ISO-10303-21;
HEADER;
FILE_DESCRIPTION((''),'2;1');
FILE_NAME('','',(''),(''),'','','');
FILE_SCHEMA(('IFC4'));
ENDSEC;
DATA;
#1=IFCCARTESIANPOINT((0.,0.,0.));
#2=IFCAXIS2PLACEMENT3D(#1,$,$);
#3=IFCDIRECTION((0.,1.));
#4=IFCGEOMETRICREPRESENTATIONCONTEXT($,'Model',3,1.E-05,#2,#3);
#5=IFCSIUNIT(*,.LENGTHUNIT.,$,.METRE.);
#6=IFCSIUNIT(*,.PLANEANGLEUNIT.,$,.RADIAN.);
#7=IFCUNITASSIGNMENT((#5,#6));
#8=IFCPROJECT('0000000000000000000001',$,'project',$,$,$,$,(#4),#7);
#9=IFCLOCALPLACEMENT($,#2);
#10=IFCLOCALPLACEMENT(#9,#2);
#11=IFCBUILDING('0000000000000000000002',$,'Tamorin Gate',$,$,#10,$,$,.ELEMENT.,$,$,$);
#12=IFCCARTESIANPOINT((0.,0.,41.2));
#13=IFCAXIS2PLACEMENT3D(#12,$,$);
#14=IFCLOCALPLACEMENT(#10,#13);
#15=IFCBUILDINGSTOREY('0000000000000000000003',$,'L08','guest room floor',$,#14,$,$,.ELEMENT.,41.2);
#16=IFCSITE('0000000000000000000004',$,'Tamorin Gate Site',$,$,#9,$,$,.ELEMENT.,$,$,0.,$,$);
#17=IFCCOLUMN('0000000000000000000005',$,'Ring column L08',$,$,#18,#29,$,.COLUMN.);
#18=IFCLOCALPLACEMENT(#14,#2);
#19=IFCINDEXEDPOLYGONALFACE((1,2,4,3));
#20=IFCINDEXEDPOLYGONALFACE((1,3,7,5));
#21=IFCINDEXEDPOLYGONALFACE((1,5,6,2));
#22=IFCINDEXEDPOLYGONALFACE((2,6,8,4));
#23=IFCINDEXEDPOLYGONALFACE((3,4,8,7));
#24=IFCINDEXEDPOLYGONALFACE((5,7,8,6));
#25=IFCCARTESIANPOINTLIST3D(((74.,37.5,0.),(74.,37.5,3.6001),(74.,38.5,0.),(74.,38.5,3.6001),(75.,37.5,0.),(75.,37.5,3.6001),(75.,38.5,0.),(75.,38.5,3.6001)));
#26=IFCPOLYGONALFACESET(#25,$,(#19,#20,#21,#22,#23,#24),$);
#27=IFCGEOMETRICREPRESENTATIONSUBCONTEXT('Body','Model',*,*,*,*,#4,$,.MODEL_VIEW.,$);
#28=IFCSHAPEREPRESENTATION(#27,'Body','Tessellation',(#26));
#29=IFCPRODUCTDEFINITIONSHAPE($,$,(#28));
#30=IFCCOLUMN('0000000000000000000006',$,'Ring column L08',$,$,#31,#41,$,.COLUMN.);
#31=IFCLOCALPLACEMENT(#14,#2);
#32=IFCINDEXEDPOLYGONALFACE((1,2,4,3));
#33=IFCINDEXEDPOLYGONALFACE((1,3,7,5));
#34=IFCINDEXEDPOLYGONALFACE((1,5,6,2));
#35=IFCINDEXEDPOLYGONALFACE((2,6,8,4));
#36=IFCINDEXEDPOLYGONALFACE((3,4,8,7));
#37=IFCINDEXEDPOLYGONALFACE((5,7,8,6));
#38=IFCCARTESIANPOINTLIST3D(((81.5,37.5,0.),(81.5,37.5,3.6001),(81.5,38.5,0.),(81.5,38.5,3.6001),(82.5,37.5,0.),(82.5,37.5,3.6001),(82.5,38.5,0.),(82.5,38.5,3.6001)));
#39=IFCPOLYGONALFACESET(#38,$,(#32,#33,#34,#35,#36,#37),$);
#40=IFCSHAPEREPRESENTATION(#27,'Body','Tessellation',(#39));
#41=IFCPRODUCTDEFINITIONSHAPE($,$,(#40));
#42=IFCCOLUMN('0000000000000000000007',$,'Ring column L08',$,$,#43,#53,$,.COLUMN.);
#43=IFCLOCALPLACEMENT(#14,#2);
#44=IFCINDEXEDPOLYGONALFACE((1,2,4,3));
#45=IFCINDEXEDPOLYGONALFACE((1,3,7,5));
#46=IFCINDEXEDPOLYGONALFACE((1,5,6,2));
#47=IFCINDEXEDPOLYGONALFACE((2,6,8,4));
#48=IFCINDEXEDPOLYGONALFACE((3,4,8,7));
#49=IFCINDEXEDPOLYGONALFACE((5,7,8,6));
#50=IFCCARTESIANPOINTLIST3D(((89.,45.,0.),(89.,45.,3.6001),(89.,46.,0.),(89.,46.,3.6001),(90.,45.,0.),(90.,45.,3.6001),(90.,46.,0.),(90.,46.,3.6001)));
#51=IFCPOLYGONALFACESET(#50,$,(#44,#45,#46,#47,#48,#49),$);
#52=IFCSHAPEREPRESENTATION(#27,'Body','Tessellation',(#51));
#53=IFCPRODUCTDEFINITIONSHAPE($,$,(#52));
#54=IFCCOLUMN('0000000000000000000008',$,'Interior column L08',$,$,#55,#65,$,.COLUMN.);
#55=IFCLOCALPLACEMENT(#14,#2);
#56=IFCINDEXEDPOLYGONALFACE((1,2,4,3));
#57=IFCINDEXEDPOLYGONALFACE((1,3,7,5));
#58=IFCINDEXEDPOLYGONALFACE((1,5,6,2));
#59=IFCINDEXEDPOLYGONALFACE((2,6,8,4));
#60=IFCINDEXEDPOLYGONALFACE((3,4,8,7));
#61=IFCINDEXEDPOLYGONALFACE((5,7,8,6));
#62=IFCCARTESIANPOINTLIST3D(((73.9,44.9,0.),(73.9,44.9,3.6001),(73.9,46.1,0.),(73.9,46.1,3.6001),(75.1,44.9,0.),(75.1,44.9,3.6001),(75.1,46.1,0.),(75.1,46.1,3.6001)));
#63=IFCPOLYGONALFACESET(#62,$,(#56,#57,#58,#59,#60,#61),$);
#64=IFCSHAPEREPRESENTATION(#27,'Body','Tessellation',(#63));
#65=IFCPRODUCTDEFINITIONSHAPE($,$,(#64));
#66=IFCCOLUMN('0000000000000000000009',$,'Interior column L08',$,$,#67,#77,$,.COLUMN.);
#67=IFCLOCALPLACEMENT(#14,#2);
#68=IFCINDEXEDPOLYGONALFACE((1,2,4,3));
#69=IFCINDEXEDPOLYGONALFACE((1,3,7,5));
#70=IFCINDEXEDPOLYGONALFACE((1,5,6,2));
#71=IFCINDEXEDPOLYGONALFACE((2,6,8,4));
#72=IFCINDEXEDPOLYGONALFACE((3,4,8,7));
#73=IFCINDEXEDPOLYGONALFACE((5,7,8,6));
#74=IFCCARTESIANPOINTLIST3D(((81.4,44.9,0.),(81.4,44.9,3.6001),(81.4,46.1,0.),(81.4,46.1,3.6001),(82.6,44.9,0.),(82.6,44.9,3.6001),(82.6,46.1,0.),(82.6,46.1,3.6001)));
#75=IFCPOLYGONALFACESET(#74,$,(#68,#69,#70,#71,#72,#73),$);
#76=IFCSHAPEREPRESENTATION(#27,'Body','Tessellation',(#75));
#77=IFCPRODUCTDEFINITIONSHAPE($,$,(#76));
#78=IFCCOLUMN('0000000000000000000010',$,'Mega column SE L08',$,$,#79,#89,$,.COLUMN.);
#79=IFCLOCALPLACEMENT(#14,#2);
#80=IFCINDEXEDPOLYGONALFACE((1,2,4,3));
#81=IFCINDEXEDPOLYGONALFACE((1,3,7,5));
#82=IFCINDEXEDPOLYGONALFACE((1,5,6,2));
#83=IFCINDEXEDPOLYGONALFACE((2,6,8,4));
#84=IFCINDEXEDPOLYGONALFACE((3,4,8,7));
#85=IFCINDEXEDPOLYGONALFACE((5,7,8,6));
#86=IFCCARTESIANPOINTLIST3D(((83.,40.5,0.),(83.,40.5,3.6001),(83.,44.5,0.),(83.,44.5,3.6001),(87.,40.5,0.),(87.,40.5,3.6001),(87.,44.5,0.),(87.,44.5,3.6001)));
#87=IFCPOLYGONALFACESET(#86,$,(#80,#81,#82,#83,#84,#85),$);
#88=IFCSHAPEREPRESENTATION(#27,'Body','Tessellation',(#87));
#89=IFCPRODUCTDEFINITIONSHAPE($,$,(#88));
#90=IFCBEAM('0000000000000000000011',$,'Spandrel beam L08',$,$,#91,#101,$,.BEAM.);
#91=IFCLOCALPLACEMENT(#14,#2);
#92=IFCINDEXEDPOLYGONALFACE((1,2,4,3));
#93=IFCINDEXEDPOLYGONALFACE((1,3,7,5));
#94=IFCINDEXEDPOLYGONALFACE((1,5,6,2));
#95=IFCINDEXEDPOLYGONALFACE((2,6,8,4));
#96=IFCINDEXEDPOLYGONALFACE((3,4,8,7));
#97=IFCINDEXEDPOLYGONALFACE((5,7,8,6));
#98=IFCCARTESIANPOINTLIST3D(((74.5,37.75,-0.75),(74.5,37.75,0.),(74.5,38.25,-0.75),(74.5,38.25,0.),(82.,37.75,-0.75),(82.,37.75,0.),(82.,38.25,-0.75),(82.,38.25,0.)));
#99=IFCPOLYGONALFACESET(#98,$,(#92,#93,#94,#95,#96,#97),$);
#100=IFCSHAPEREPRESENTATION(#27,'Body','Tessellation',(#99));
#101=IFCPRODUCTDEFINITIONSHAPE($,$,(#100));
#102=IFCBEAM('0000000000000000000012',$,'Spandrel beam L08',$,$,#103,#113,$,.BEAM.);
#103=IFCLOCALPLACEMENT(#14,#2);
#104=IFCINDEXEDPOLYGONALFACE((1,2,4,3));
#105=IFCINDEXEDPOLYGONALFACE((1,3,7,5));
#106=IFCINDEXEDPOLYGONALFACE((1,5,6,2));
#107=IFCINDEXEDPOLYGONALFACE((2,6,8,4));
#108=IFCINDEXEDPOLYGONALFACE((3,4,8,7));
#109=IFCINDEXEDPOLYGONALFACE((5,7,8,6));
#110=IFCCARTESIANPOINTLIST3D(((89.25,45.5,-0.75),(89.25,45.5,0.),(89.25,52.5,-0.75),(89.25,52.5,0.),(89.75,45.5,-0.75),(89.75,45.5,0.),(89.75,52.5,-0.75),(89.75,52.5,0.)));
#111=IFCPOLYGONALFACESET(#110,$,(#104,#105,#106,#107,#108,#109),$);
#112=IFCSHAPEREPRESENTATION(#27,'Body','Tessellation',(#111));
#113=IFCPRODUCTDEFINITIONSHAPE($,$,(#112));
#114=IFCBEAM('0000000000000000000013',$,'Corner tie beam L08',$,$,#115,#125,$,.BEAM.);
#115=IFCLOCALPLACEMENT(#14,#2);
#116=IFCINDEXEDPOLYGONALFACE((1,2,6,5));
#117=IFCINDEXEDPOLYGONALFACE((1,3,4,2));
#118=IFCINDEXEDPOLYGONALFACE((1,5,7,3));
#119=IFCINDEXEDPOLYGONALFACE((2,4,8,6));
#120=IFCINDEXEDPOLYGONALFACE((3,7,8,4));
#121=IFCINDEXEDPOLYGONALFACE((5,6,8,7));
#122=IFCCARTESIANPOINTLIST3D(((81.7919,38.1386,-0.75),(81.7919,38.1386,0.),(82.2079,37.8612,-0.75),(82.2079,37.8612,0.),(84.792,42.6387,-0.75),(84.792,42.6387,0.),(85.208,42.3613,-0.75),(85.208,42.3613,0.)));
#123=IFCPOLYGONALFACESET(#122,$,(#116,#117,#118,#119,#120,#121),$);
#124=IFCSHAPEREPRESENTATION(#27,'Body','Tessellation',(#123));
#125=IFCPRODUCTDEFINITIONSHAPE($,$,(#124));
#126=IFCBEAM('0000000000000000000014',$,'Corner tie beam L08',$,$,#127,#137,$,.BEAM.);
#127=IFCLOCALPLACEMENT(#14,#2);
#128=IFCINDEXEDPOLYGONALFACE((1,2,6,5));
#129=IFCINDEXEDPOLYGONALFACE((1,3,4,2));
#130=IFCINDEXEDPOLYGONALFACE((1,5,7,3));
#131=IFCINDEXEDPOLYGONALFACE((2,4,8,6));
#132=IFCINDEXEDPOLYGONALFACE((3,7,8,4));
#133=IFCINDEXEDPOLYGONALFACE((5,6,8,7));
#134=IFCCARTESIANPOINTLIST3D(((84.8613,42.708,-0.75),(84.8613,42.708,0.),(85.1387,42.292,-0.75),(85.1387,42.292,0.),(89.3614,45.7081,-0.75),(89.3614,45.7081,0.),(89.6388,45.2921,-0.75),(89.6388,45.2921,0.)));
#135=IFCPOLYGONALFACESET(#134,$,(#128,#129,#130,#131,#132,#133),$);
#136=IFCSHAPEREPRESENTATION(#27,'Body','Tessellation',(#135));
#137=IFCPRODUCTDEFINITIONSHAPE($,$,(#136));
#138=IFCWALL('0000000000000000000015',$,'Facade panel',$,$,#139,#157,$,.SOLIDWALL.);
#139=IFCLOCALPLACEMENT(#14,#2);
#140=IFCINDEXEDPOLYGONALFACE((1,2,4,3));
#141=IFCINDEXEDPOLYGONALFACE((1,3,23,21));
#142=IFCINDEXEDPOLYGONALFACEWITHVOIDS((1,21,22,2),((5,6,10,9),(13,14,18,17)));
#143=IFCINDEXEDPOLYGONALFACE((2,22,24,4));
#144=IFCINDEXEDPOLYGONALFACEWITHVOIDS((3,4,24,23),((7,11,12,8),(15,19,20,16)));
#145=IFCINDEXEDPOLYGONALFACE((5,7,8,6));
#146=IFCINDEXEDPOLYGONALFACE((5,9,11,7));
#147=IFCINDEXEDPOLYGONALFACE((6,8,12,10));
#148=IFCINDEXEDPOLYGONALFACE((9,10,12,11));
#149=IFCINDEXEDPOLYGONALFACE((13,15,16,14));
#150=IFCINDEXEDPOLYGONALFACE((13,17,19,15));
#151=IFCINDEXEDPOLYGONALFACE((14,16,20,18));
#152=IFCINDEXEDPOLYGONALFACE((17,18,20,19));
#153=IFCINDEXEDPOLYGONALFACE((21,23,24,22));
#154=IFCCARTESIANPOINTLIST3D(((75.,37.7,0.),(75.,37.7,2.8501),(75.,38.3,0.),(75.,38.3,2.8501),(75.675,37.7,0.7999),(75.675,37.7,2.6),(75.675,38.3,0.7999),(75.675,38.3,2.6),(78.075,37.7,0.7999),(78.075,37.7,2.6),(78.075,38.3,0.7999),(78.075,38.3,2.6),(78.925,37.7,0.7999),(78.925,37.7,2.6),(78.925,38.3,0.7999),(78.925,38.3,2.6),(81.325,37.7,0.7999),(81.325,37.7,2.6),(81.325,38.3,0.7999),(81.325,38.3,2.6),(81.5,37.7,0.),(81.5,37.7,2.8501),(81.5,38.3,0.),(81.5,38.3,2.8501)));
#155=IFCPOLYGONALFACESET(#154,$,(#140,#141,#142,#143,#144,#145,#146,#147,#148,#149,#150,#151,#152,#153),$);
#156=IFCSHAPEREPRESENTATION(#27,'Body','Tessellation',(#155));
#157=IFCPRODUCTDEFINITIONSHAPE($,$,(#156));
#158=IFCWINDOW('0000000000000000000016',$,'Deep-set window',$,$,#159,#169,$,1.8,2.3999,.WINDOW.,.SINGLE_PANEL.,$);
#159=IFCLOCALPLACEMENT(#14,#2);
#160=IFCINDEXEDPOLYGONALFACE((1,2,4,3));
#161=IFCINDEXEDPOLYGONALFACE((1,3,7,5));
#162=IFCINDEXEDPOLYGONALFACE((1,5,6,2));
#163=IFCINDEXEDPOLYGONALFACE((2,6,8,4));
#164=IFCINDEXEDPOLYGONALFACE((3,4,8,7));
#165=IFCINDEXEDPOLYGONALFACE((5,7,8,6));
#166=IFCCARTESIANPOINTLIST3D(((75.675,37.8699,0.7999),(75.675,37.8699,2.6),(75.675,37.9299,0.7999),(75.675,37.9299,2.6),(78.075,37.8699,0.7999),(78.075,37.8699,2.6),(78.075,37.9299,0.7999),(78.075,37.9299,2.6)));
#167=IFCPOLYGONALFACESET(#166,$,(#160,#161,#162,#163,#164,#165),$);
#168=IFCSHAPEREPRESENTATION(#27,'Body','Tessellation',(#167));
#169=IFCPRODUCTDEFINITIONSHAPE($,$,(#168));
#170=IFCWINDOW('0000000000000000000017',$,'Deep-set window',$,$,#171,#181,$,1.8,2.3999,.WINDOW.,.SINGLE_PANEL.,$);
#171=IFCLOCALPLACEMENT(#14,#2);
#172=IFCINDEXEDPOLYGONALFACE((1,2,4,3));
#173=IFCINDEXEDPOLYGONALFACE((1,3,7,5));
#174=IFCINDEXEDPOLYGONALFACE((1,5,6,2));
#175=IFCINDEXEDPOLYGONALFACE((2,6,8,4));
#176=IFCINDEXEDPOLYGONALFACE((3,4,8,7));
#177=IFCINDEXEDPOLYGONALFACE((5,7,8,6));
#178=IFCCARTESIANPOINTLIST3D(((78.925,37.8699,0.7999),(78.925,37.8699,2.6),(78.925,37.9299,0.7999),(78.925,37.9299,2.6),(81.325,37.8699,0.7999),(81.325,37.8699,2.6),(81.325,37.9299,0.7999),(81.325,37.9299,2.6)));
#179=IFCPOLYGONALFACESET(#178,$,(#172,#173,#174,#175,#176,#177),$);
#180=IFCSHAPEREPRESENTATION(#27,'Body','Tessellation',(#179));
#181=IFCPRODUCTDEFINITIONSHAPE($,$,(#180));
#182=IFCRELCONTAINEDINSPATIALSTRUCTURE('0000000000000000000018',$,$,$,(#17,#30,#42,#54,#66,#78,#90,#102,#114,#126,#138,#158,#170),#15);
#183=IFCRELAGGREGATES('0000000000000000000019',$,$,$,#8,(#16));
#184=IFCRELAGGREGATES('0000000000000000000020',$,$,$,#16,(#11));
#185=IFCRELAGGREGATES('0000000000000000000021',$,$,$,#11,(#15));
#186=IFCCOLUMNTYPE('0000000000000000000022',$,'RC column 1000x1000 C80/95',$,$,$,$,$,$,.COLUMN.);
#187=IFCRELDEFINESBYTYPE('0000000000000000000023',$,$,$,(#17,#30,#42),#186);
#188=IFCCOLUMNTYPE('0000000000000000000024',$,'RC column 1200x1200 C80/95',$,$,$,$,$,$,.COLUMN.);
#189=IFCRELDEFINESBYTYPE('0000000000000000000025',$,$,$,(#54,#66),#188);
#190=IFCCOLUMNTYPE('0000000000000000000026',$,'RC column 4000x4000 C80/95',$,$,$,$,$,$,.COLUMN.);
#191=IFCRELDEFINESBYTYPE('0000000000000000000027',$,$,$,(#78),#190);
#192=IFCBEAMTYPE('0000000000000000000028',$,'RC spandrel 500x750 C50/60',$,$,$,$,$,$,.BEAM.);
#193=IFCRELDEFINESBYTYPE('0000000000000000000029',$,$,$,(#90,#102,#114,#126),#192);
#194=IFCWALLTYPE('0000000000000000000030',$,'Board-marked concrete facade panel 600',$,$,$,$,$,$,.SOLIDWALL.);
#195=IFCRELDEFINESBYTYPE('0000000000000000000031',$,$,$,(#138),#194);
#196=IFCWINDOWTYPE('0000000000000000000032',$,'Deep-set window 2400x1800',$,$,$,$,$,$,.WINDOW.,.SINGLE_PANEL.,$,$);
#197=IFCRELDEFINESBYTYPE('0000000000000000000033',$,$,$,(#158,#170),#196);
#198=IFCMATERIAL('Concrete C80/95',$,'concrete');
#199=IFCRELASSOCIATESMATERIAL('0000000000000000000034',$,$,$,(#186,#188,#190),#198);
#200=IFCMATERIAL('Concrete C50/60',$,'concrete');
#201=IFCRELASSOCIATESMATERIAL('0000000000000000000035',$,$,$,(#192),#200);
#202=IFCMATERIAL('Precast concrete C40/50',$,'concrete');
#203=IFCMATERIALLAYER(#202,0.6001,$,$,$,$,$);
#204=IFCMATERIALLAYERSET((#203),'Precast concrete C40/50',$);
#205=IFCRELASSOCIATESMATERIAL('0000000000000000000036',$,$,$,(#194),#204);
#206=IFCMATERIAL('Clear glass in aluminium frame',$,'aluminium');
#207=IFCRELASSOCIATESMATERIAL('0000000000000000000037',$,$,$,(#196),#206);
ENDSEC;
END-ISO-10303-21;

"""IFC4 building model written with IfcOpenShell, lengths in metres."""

from ifc_helpers import new_model, si_unit, direction, frame, frame_2d, origin, origin_2d, place, context, subcontext, project, spatial, rectangle, extrude, material, layer, layer_set, material_profile, profile_set, type_object, element, fill, save


model = new_model("IFC4")

# Units and contexts
model_context = context("Model", 3, precision=1e-05, world=origin(), true_north=direction((0.0, 1.0)))
body_context = subcontext(model_context, "Body", "Model", "MODEL_VIEW")
ifc_project = project(units=[si_unit("LENGTHUNIT", "METRE"), si_unit("PLANEANGLEUNIT", "RADIAN")], contexts=[model_context])

# Site, building, storey
site_placement = place(None, origin())
site = spatial("IfcSite", under=ifc_project, at=site_placement, Name="Tamorin Gate Site", CompositionType="ELEMENT", RefElevation=0.0)
building_placement = place(site_placement, origin())
building = spatial("IfcBuilding", under=site, at=building_placement, Name="Tamorin Gate", CompositionType="ELEMENT")
storey_placement = place(building_placement, frame((0.0, 0.0, 41.2)))
storey = spatial("IfcBuildingStorey", under=building, at=storey_placement, Name="L08", Description="guest room floor", CompositionType="ELEMENT", Elevation=41.2)

# Columns
ifc_material_1 = material(Name="Concrete C80/95", Category="concrete")
ifc_material_profile_1 = material_profile(ifc_material_1, rectangle(XDim=1.0, YDim=1.0, at=origin_2d()), Name="RC 1000x1000")
ifc_profile_set_1 = profile_set([ifc_material_profile_1], Name="Concrete C80/95")
column_type_1 = type_object("IfcColumnType", Name="RC column 1000x1000 C80/95", PredefinedType="COLUMN", material=ifc_profile_set_1)
for number, where, z_axis, x_axis, name in (
    (1, (74.5, 38.0, 0.0), (0.0, 0.0, 1.0), (1.0, 0.0, 0.0), "Ring column L08"),
    (2, (82.0, 38.0, 0.0), (0.0, 0.0, 1.0), (1.0, 0.0, 0.0), "Ring column L08"),
    (3, (89.5, 45.5, 0.0), (0.0, 0.0, 1.0), (1.0, 0.0, 0.0), "Ring column L08"),
):
    element("IfcColumn", number, at=place(storey_placement, frame(where, z_axis=z_axis, x_axis=x_axis)), inside=storey, type_object=column_type_1, Name=name, PredefinedType="COLUMN", context=body_context, shape_type="SweptSolid", body=[
        extrude(rectangle(XDim=1.0, YDim=1.0, at=origin_2d()), origin(), (0.0, 0.0, 1.0), 3.6001),
    ])
ifc_material_profile_2 = material_profile(ifc_material_1, rectangle(XDim=1.2, YDim=1.2, at=origin_2d()), Name="RC 1200x1200")
ifc_profile_set_2 = profile_set([ifc_material_profile_2], Name="Concrete C80/95")
column_type_2 = type_object("IfcColumnType", Name="RC column 1200x1200 C80/95", PredefinedType="COLUMN", material=ifc_profile_set_2)
for number, where, z_axis, x_axis, name in (
    (4, (74.5, 45.5, 0.0), (0.0, 0.0, 1.0), (1.0, 0.0, 0.0), "Interior column L08"),
    (5, (82.0, 45.5, 0.0), (0.0, 0.0, 1.0), (1.0, 0.0, 0.0), "Interior column L08"),
):
    element("IfcColumn", number, at=place(storey_placement, frame(where, z_axis=z_axis, x_axis=x_axis)), inside=storey, type_object=column_type_2, Name=name, PredefinedType="COLUMN", context=body_context, shape_type="SweptSolid", body=[
        extrude(rectangle(XDim=1.2, YDim=1.2, at=origin_2d()), origin(), (0.0, 0.0, 1.0), 3.6001),
    ])
ifc_material_profile_3 = material_profile(ifc_material_1, rectangle(XDim=4.0, YDim=4.0, at=origin_2d()), Name="RC 4000x4000")
ifc_profile_set_3 = profile_set([ifc_material_profile_3], Name="Concrete C80/95")
column_type_3 = type_object("IfcColumnType", Name="RC column 4000x4000 C80/95", PredefinedType="COLUMN", material=ifc_profile_set_3)
column_placement = place(storey_placement, frame((85.0, 42.5, 0.0), z_axis=(0.0, 0.0, 1.0), x_axis=(1.0, 0.0, 0.0)))
element("IfcColumn", 6, at=column_placement, inside=storey, type_object=column_type_3, Name="Mega column SE L08", PredefinedType="COLUMN", context=body_context, shape_type="SweptSolid", body=[
    extrude(rectangle(XDim=4.0, YDim=4.0, at=origin_2d()), origin(), (0.0, 0.0, 1.0), 3.6001),
])

# Beams
ifc_material_2 = material(Name="Concrete C50/60", Category="concrete")
ifc_material_profile_4 = material_profile(ifc_material_2, rectangle(XDim=0.5, YDim=0.75, at=origin_2d()), Name="RC 500x750")
ifc_profile_set_4 = profile_set([ifc_material_profile_4], Name="Concrete C50/60")
beam_type = type_object("IfcBeamType", Name="RC spandrel 500x750 C50/60", PredefinedType="BEAM", material=ifc_profile_set_4)
beam_1_placement = place(storey_placement, frame((74.5, 38.0, -0.375), z_axis=(1.0, 0.0, 0.0), x_axis=(0.0, 1.0, 0.0)))
element("IfcBeam", 7, at=beam_1_placement, inside=storey, type_object=beam_type, Name="Spandrel beam L08", PredefinedType="BEAM", context=body_context, shape_type="SweptSolid", body=[
    extrude(rectangle(XDim=0.5, YDim=0.75, at=origin_2d()), origin(), (0.0, 0.0, 1.0), 7.5),
])
beam_2_placement = place(storey_placement, frame((89.5, 45.5, -0.375), z_axis=(0.0, 1.0, 0.0), x_axis=(-1.0, 0.0, 0.0)))
element("IfcBeam", 8, at=beam_2_placement, inside=storey, type_object=beam_type, Name="Spandrel beam L08", PredefinedType="BEAM", context=body_context, shape_type="SweptSolid", body=[
    extrude(rectangle(XDim=0.5, YDim=0.75, at=origin_2d()), origin(), (0.0, 0.0, 1.0), 7.0),
])
for number, where, z_axis, x_axis, name in (
    (9, (85.0, 42.5, -0.375), (-0.5547, -0.83205, 0.0), (0.83205, -0.5547, 0.0), "Corner tie beam L08"),
    (10, (85.0, 42.5, -0.375), (0.83205, 0.5547, 0.0), (-0.5547, 0.83205, 0.0), "Corner tie beam L08"),
):
    element("IfcBeam", number, at=place(storey_placement, frame(where, z_axis=z_axis, x_axis=x_axis)), inside=storey, type_object=beam_type, Name=name, PredefinedType="BEAM", context=body_context, shape_type="SweptSolid", body=[
        extrude(rectangle(XDim=0.5, YDim=0.75, at=origin_2d()), origin(), (0.0, 0.0, 1.0), 5.4084),
    ])

# Wall, openings, windows
ifc_material_3 = material(Name="Precast concrete C40/50", Category="concrete")
ifc_layer_1 = layer(ifc_material_3, 0.6001)
ifc_layer_set_1 = layer_set([ifc_layer_1], Name="Precast concrete C40/50")
wall_type_1 = type_object("IfcWallType", Name="Board-marked concrete facade panel 600", PredefinedType="SOLIDWALL", material=ifc_layer_set_1)
wall_1_placement = place(storey_placement, frame((75.0, 38.0, 0.0), z_axis=(0.0, 0.0, 1.0), x_axis=(1.0, 0.0, 0.0)))
wall_1 = element("IfcWall", 11, at=wall_1_placement, inside=storey, type_object=wall_type_1, Name="Facade panel", PredefinedType="SOLIDWALL", context=body_context, shape_type="SweptSolid", body=[
    extrude(rectangle(XDim=6.5, YDim=0.6001, at=frame_2d((3.25, 0.0))), origin(), (0.0, 0.0, 1.0), 2.8501),
])
opening_1_placement = place(wall_1_placement, frame((0.675, 0.0, 0.8)))
opening_1 = element("IfcOpeningElement", 12, at=opening_1_placement, cuts=wall_1, PredefinedType="OPENING", context=body_context, shape_type="SweptSolid", body=[
    extrude(rectangle(XDim=2.3999, YDim=1.8, at=frame_2d((1.2, 0.8999))), frame((0.0, 0.3101, 0.0), z_axis=(0.0, -1.0, 0.0), x_axis=(1.0, 0.0, 0.0)), (0.0, 0.0, 1.0), 0.6201),
])
opening_2_placement = place(wall_1_placement, frame((3.925, 0.0, 0.8)))
opening_2 = element("IfcOpeningElement", 13, at=opening_2_placement, cuts=wall_1, PredefinedType="OPENING", context=body_context, shape_type="SweptSolid", body=[
    extrude(rectangle(XDim=2.3999, YDim=1.8, at=frame_2d((1.2, 0.8999))), frame((0.0, 0.3101, 0.0), z_axis=(0.0, -1.0, 0.0), x_axis=(1.0, 0.0, 0.0)), (0.0, 0.0, 1.0), 0.6201),
])
ifc_material_4 = material(Name="Clear glass in aluminium frame", Category="aluminium")
window_type = type_object("IfcWindowType", Name="Deep-set window 2400x1800", PartitioningType="SINGLE_PANEL", PredefinedType="WINDOW", material=ifc_material_4)
window_1_placement = place(opening_1_placement, origin())
window_1 = element("IfcWindow", 14, at=window_1_placement, inside=storey, type_object=window_type, Name="Deep-set window", OverallHeight=1.8, OverallWidth=2.3999, PartitioningType="SINGLE_PANEL", PredefinedType="WINDOW", context=body_context, shape_type="SweptSolid", body=[
    extrude(rectangle(XDim=2.3999, YDim=1.8, at=frame_2d((1.2, 0.8999))), frame((0.0, -0.0701, 0.0), z_axis=(0.0, -1.0, 0.0), x_axis=(1.0, 0.0, 0.0)), (0.0, 0.0, 1.0), 0.0601),
])
fill(opening_1, window_1)
window_2_placement = place(opening_2_placement, origin())
window_2 = element("IfcWindow", 15, at=window_2_placement, inside=storey, type_object=window_type, Name="Deep-set window", OverallHeight=1.8, OverallWidth=2.3999, PartitioningType="SINGLE_PANEL", PredefinedType="WINDOW", context=body_context, shape_type="SweptSolid", body=[
    extrude(rectangle(XDim=2.3999, YDim=1.8, at=frame_2d((1.2, 0.8999))), frame((0.0, -0.0701, 0.0), z_axis=(0.0, -1.0, 0.0), x_axis=(1.0, 0.0, 0.0)), (0.0, 0.0, 1.0), 0.0601),
])
fill(opening_2, window_2)

save(model, "model.ifc")
